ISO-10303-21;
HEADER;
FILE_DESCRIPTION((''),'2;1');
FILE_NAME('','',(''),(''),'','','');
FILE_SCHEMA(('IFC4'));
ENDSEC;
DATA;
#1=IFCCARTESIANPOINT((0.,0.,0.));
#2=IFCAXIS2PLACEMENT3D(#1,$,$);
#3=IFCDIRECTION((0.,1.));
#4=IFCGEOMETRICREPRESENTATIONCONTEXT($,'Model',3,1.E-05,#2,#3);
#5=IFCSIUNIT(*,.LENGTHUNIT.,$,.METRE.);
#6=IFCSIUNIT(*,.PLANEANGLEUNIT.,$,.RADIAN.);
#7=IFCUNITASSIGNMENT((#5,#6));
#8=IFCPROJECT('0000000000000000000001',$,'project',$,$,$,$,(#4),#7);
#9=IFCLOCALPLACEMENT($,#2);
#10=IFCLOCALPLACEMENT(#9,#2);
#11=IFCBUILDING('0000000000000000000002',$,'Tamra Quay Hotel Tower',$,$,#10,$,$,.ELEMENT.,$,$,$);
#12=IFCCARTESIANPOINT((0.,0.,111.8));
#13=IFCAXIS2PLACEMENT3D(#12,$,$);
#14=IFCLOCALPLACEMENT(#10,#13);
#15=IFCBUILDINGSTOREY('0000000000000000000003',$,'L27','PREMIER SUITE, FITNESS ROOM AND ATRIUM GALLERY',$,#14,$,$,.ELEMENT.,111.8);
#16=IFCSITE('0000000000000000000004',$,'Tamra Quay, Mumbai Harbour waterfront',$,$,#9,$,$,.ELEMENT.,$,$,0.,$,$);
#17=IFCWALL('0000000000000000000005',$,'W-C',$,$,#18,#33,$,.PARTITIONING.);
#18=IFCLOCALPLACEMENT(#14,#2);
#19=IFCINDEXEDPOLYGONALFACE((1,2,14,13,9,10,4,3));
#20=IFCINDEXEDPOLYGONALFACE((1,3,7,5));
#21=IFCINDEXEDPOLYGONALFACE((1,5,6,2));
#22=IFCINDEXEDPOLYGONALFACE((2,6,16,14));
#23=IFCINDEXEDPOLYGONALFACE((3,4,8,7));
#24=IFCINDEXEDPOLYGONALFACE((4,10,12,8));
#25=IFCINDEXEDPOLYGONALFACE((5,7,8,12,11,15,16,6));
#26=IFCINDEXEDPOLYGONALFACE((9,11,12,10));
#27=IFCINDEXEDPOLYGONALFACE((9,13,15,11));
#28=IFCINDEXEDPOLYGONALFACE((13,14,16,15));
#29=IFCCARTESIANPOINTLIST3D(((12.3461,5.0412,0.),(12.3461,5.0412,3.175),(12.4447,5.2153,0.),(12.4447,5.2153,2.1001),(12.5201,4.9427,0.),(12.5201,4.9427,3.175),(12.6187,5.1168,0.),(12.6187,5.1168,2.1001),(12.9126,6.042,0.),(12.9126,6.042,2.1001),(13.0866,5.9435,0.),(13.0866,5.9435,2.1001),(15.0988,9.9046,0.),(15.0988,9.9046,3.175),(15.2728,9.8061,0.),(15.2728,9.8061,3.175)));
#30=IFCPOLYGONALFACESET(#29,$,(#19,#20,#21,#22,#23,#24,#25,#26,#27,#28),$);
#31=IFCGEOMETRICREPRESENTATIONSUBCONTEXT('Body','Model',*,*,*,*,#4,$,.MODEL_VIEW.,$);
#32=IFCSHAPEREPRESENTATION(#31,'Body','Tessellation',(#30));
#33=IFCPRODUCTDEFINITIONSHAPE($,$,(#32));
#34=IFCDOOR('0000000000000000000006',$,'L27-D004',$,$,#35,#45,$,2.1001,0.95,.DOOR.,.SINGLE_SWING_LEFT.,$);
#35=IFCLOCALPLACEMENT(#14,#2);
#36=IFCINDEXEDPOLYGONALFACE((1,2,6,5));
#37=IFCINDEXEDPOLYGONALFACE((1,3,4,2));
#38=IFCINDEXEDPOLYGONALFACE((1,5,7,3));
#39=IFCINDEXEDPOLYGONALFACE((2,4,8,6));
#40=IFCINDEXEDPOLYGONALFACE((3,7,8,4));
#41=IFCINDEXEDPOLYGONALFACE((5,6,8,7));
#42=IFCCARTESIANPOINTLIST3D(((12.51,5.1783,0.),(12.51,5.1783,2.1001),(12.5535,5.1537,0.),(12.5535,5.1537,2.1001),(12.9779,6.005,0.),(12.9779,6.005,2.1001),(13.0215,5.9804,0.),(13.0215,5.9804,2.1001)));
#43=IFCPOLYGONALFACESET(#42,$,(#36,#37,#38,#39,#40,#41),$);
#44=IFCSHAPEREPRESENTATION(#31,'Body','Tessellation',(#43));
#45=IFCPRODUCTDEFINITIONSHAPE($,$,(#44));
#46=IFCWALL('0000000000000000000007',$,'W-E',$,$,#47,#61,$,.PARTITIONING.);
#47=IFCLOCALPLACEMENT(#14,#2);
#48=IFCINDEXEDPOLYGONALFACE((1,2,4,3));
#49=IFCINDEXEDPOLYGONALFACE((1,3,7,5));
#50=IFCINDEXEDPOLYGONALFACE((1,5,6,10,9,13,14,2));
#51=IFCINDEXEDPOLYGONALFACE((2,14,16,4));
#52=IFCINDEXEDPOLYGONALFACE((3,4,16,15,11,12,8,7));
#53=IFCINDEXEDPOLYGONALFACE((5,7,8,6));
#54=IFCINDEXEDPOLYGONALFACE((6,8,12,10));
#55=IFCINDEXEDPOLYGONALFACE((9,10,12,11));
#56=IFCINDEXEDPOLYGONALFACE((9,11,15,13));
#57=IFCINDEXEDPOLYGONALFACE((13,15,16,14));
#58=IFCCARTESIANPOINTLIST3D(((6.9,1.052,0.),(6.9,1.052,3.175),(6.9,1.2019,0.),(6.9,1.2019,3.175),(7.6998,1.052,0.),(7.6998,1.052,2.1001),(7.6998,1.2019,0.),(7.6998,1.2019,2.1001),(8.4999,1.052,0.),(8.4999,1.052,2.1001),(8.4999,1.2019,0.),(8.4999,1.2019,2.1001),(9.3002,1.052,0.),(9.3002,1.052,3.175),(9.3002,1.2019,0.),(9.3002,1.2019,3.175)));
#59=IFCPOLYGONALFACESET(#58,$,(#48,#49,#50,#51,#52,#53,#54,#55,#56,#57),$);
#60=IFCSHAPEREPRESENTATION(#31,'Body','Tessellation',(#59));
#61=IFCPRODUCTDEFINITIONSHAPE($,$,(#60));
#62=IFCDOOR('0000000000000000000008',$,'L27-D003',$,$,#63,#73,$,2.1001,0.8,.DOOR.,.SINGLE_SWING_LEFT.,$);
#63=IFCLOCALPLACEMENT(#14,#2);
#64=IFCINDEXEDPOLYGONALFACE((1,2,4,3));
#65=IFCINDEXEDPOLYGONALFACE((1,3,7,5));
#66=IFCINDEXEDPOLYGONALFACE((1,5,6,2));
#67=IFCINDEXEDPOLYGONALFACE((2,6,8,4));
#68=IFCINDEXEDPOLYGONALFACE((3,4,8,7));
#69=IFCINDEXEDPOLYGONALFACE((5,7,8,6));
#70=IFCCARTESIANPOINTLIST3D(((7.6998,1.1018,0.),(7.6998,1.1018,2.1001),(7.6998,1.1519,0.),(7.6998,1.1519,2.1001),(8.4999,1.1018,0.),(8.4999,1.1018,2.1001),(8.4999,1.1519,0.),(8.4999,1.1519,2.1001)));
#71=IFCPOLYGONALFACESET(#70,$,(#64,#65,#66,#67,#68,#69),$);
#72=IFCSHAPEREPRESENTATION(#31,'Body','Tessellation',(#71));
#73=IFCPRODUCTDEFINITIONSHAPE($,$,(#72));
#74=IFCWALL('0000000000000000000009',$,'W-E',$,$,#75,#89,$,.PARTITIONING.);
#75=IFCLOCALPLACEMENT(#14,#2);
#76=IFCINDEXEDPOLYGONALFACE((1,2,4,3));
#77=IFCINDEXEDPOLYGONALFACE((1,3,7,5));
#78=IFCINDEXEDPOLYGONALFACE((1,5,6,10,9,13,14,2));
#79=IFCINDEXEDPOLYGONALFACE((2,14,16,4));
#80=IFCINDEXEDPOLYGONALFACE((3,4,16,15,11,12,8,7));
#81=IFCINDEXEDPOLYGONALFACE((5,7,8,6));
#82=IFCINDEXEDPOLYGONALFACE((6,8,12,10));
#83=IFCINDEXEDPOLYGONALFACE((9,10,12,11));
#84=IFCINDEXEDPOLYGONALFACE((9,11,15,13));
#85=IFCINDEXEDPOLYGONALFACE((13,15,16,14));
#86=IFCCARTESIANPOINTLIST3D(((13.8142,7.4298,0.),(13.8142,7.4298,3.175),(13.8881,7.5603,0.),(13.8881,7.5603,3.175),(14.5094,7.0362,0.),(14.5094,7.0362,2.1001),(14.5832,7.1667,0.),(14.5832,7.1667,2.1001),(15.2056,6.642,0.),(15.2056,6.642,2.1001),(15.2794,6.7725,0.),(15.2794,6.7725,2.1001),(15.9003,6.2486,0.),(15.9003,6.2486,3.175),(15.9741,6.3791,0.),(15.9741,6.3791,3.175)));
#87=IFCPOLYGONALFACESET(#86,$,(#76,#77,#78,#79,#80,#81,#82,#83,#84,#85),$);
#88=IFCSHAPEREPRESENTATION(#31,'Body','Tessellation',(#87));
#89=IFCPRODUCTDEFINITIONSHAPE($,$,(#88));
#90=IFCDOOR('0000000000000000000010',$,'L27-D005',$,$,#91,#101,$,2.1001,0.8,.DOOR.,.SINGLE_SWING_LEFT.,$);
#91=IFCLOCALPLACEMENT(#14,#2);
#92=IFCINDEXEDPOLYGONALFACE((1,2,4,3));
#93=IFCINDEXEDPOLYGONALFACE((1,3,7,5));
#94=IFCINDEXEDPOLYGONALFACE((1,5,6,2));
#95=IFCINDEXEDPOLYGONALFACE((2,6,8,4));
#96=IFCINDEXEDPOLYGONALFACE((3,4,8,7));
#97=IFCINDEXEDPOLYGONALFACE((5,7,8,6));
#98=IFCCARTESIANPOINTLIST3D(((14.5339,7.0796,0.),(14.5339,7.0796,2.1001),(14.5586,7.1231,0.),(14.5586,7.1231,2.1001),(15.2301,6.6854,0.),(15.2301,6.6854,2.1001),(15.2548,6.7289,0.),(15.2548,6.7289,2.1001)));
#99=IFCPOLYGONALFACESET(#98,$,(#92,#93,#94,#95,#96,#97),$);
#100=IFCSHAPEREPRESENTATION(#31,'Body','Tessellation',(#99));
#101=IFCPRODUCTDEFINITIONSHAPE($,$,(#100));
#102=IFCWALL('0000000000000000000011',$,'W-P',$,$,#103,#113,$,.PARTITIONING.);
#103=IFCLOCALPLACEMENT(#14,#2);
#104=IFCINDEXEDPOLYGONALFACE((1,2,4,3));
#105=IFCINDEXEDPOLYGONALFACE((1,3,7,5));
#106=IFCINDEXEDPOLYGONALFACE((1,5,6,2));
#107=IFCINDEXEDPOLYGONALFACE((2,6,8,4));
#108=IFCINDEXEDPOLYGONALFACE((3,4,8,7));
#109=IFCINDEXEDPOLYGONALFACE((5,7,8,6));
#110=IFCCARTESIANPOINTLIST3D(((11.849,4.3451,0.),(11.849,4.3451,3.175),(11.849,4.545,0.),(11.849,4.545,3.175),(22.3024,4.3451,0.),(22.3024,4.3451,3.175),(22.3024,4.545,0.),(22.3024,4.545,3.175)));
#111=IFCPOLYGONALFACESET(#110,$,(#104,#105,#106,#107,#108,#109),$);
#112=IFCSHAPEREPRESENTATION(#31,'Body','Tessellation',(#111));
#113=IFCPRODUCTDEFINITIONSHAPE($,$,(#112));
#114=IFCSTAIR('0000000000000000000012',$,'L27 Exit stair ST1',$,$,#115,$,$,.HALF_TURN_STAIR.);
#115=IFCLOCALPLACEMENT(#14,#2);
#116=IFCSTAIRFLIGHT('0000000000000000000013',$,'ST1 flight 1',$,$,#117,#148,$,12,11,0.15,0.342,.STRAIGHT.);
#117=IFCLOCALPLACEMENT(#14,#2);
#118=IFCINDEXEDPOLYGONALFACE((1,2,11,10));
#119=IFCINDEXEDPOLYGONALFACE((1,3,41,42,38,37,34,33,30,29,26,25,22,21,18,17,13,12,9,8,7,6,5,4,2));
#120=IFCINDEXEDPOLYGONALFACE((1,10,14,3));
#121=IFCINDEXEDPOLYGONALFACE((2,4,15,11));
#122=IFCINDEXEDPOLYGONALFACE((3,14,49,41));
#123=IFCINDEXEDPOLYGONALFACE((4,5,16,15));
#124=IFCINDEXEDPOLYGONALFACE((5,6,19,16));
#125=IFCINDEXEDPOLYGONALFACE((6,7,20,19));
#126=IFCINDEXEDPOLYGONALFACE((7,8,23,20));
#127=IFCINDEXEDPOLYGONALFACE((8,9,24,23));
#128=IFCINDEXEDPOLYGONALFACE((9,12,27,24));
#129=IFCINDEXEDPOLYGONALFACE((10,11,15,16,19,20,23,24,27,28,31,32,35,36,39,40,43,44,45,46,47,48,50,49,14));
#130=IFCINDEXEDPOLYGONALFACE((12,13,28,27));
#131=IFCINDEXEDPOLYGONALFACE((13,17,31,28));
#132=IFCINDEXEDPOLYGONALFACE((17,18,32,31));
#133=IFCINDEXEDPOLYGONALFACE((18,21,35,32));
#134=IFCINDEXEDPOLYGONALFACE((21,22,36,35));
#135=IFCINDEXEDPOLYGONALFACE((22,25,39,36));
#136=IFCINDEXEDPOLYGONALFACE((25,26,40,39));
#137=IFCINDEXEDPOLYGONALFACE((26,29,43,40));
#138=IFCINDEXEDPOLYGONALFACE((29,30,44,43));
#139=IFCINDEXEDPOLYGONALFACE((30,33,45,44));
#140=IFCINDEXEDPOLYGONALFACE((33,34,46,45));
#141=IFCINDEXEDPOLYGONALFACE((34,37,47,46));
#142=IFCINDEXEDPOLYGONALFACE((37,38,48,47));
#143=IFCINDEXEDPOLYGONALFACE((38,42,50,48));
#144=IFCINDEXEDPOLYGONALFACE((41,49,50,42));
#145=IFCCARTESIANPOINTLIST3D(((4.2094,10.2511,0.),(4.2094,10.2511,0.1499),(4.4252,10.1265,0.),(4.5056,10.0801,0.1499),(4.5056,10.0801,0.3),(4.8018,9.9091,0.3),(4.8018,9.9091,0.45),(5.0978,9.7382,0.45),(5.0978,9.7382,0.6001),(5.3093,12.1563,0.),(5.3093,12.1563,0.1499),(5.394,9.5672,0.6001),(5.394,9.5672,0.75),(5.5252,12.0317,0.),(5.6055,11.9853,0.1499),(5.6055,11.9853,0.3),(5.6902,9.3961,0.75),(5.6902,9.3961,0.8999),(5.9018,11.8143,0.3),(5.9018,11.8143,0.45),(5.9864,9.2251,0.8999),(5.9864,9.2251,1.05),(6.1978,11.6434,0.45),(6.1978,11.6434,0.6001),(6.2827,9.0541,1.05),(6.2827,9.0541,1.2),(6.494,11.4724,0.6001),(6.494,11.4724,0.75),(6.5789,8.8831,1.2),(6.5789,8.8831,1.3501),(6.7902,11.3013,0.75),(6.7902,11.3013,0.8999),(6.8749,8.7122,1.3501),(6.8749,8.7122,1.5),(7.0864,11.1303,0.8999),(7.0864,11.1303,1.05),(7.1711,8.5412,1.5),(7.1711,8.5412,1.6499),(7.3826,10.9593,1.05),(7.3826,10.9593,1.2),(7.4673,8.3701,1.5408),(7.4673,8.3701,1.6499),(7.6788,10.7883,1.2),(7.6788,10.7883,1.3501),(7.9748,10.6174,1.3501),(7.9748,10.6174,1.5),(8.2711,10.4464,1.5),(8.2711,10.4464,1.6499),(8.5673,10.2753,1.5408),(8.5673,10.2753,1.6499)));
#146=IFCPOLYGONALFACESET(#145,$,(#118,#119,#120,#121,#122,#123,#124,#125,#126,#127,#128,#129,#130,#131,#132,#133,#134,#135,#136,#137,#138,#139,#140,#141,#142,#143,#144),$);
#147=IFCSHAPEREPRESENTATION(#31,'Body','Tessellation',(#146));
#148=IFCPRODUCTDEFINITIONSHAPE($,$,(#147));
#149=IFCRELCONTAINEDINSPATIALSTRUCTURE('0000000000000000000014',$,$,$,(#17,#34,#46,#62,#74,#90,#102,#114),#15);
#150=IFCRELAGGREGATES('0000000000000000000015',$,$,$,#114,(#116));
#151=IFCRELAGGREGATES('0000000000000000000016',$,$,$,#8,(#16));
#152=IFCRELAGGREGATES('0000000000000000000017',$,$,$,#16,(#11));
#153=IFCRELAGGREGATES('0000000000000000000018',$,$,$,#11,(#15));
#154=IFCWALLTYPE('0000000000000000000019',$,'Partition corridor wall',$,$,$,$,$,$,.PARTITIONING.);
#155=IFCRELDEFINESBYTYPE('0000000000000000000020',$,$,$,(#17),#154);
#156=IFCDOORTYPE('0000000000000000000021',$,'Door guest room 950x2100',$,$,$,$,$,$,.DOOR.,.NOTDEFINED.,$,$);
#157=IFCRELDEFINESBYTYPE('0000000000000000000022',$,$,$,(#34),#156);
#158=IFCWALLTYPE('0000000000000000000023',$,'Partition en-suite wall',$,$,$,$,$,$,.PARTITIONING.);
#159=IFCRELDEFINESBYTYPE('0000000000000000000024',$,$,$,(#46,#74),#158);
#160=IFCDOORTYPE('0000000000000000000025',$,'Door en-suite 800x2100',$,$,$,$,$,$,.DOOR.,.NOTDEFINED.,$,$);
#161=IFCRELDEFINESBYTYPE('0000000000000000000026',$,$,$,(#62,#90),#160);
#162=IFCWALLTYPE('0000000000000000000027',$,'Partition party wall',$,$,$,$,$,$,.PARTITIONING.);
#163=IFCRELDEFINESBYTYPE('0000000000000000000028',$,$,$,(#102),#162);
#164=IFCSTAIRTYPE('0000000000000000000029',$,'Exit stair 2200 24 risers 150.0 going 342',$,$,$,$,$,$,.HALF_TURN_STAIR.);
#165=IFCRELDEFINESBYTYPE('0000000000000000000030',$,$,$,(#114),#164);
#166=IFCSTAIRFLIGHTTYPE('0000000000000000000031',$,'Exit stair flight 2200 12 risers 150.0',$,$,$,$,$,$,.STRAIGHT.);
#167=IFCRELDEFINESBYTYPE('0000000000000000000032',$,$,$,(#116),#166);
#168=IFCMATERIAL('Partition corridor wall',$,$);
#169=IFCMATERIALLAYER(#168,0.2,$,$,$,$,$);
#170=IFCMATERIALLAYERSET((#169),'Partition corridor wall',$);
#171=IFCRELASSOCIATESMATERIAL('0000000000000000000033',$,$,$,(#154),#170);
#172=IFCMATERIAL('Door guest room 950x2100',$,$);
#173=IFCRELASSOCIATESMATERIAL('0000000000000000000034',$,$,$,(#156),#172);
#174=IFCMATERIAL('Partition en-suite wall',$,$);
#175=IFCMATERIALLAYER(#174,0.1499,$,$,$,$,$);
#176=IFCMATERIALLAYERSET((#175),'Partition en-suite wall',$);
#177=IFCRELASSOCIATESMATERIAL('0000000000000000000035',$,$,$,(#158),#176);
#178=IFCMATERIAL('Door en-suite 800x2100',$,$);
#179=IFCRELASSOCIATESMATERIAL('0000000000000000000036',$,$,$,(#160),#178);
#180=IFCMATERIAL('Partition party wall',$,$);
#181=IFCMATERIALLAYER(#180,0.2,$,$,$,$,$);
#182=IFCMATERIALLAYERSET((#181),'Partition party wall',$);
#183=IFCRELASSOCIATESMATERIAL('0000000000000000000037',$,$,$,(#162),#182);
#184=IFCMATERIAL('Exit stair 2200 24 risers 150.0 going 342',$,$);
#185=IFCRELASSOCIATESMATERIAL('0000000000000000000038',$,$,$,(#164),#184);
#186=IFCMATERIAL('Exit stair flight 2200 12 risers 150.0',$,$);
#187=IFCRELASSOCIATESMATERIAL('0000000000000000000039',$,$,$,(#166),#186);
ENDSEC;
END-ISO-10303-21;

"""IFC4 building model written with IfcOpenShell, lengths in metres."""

from ifc_helpers import new_model, si_unit, direction, frame, frame_2d, origin, place, context, subcontext, project, spatial, polyline, rectangle, outline, extrude, material, layer, layer_set, type_object, element, fill, aggregate, save


model = new_model("IFC4")

# Units and contexts
model_context = context("Model", 3, precision=1e-05, world=origin(), true_north=direction((0.0, 1.0)))
body_context = subcontext(model_context, "Body", "Model", "MODEL_VIEW")
ifc_project = project(units=[si_unit("LENGTHUNIT", "METRE"), si_unit("PLANEANGLEUNIT", "RADIAN")], contexts=[model_context])

# Site, building, storey
site_placement = place(None, origin())
site = spatial("IfcSite", under=ifc_project, at=site_placement, Name="Tamra Quay, Mumbai Harbour waterfront", CompositionType="ELEMENT", RefElevation=0.0)
building_placement = place(site_placement, origin())
building = spatial("IfcBuilding", under=site, at=building_placement, Name="Tamra Quay Hotel Tower", CompositionType="ELEMENT")
storey_placement = place(building_placement, frame((0.0, 0.0, 111.8)))
storey = spatial("IfcBuildingStorey", under=building, at=storey_placement, Name="L27", Description="PREMIER SUITE, FITNESS ROOM AND ATRIUM GALLERY", CompositionType="ELEMENT", Elevation=111.8)

# Shared definitions
ifc_material_1 = material(Name="Partition corridor wall")
ifc_layer_1 = layer(ifc_material_1, 0.2)
ifc_layer_set_1 = layer_set([ifc_layer_1], Name="Partition corridor wall")
wall_type_1 = type_object("IfcWallType", Name="Partition corridor wall", PredefinedType="PARTITIONING", material=ifc_layer_set_1)
ifc_material_2 = material(Name="Door guest room 950x2100")
door_type_1 = type_object("IfcDoorType", Name="Door guest room 950x2100", OperationType="NOTDEFINED", PredefinedType="DOOR", material=ifc_material_2)

# Walls, openings, doors
wall_1_placement = place(storey_placement, frame((12.4331, 4.9919, 0.0), z_axis=(0.0, 0.0, 1.0), x_axis=(0.492583, 0.870266, 0.0)))
wall_1 = element("IfcWall", 1, at=wall_1_placement, inside=storey, type_object=wall_type_1, Name="W-C", PredefinedType="PARTITIONING", context=body_context, shape_type="SweptSolid", body=[
    extrude(rectangle(XDim=5.5884, YDim=0.2, at=frame_2d((2.7942, 0.0))), origin(), (0.0, 0.0, 1.0), 3.175),
])
opening_1_placement = place(wall_1_placement, frame((0.2, 0.0, 0.0)))
opening_1 = element("IfcOpeningElement", 2, at=opening_1_placement, cuts=wall_1, PredefinedType="OPENING", context=body_context, shape_type="SweptSolid", body=[
    extrude(rectangle(XDim=0.95, YDim=2.1001, at=frame_2d((0.4751, 1.05))), frame((0.0, 0.1099, 0.0), z_axis=(0.0, -1.0, 0.0), x_axis=(1.0, 0.0, 0.0)), (0.0, 0.0, 1.0), 0.22),
])
door_1_placement = place(opening_1_placement, origin())
door_1 = element("IfcDoor", 3, at=door_1_placement, inside=storey, type_object=door_type_1, Name="L27-D004", OperationType="SINGLE_SWING_LEFT", OverallHeight=2.1001, OverallWidth=0.95, PredefinedType="DOOR", context=body_context, shape_type="SweptSolid", body=[
    extrude(rectangle(XDim=0.95, YDim=2.1001, at=frame_2d((0.4751, 1.05))), frame((0.0, 0.0249, 0.0), z_axis=(0.0, -1.0, 0.0), x_axis=(1.0, 0.0, 0.0)), (0.0, 0.0, 1.0), 0.05),
])
fill(opening_1, door_1)
ifc_material_3 = material(Name="Partition en-suite wall")
ifc_layer_2 = layer(ifc_material_3, 0.1499)
ifc_layer_set_2 = layer_set([ifc_layer_2], Name="Partition en-suite wall")
wall_type_2 = type_object("IfcWallType", Name="Partition en-suite wall", PredefinedType="PARTITIONING", material=ifc_layer_set_2)
wall_2_placement = place(storey_placement, frame((6.8999, 1.127, 0.0), z_axis=(0.0, 0.0, 1.0), x_axis=(1.0, 0.0, 0.0)))
wall_2 = element("IfcWall", 4, at=wall_2_placement, inside=storey, type_object=wall_type_2, Name="W-E", PredefinedType="PARTITIONING", context=body_context, shape_type="SweptSolid", body=[
    extrude(rectangle(XDim=2.4001, YDim=0.1499, at=frame_2d((1.2002, 0.0))), origin(), (0.0, 0.0, 1.0), 3.175),
])
opening_2_placement = place(wall_2_placement, frame((0.8, 0.0, 0.0)))
opening_2 = element("IfcOpeningElement", 5, at=opening_2_placement, cuts=wall_2, PredefinedType="OPENING", context=body_context, shape_type="SweptSolid", body=[
    extrude(rectangle(XDim=0.8, YDim=2.1001, at=frame_2d((0.3999, 1.05))), frame((0.0, 0.085, 0.0), z_axis=(0.0, -1.0, 0.0), x_axis=(1.0, 0.0, 0.0)), (0.0, 0.0, 1.0), 0.1699),
])
ifc_material_4 = material(Name="Door en-suite 800x2100")
door_type_2 = type_object("IfcDoorType", Name="Door en-suite 800x2100", OperationType="NOTDEFINED", PredefinedType="DOOR", material=ifc_material_4)
door_2_placement = place(opening_2_placement, origin())
door_2 = element("IfcDoor", 6, at=door_2_placement, inside=storey, type_object=door_type_2, Name="L27-D003", OperationType="SINGLE_SWING_LEFT", OverallHeight=2.1001, OverallWidth=0.8, PredefinedType="DOOR", context=body_context, shape_type="SweptSolid", body=[
    extrude(rectangle(XDim=0.8, YDim=2.1001, at=frame_2d((0.3999, 1.05))), frame((0.0, 0.0249, 0.0), z_axis=(0.0, -1.0, 0.0), x_axis=(1.0, 0.0, 0.0)), (0.0, 0.0, 1.0), 0.05),
])
fill(opening_2, door_2)
wall_3_placement = place(storey_placement, frame((13.8511, 7.4951, 0.0), z_axis=(0.0, 0.0, 1.0), x_axis=(0.870179, -0.492735, 0.0)))
wall_3 = element("IfcWall", 7, at=wall_3_placement, inside=storey, type_object=wall_type_2, Name="W-E", PredefinedType="PARTITIONING", context=body_context, shape_type="SweptSolid", body=[
    extrude(rectangle(XDim=2.3972, YDim=0.1499, at=frame_2d((1.1987, 0.0))), origin(), (0.0, 0.0, 1.0), 3.175),
])
opening_3_placement = place(wall_3_placement, frame((0.7991, 0.0, 0.0)))
opening_3 = element("IfcOpeningElement", 8, at=opening_3_placement, cuts=wall_3, PredefinedType="OPENING", context=body_context, shape_type="SweptSolid", body=[
    extrude(rectangle(XDim=0.8, YDim=2.1001, at=frame_2d((0.3999, 1.05))), frame((0.0, 0.085, 0.0), z_axis=(0.0, -1.0, 0.0), x_axis=(1.0, 0.0, 0.0)), (0.0, 0.0, 1.0), 0.1699),
])
door_3_placement = place(opening_3_placement, origin())
door_3 = element("IfcDoor", 9, at=door_3_placement, inside=storey, type_object=door_type_2, Name="L27-D005", OperationType="SINGLE_SWING_LEFT", OverallHeight=2.1001, OverallWidth=0.8, PredefinedType="DOOR", context=body_context, shape_type="SweptSolid", body=[
    extrude(rectangle(XDim=0.8, YDim=2.1001, at=frame_2d((0.3999, 1.05))), frame((0.0, 0.0249, 0.0), z_axis=(0.0, -1.0, 0.0), x_axis=(1.0, 0.0, 0.0)), (0.0, 0.0, 1.0), 0.05),
])
fill(opening_3, door_3)

# Wall
ifc_material_5 = material(Name="Partition party wall")
ifc_layer_3 = layer(ifc_material_5, 0.2)
ifc_layer_set_3 = layer_set([ifc_layer_3], Name="Partition party wall")
wall_type_3 = type_object("IfcWallType", Name="Partition party wall", PredefinedType="PARTITIONING", material=ifc_layer_set_3)
wall_4_placement = place(storey_placement, frame((11.8491, 4.4451, 0.0), z_axis=(0.0, 0.0, 1.0), x_axis=(1.0, 0.0, 0.0)))
element("IfcWall", 10, at=wall_4_placement, inside=storey, type_object=wall_type_3, Name="W-P", PredefinedType="PARTITIONING", context=body_context, shape_type="SweptSolid", body=[
    extrude(rectangle(XDim=10.4534, YDim=0.2, at=frame_2d((5.2266, 0.0))), origin(), (0.0, 0.0, 1.0), 3.175),
])

# Stair, stair flight
ifc_material_6 = material(Name="Exit stair 2200 24 risers 150.0 going 342")
stair_type = type_object("IfcStairType", Name="Exit stair 2200 24 risers 150.0 going 342", PredefinedType="HALF_TURN_STAIR", material=ifc_material_6)
stair_placement = place(storey_placement, origin())
stair = element("IfcStair", 11, at=stair_placement, inside=storey, type_object=stair_type, Name="L27 Exit stair ST1", PredefinedType="HALF_TURN_STAIR")
ifc_material_7 = material(Name="Exit stair flight 2200 12 risers 150.0")
stair_flight_type = type_object("IfcStairFlightType", Name="Exit stair flight 2200 12 risers 150.0", PredefinedType="STRAIGHT", material=ifc_material_7)
stair_flight_1_placement = place(storey_placement, frame((4.7593, 11.2036, 0.0), z_axis=(0.0, 0.0, 1.0), x_axis=(0.866025, -0.5, 0.0)))
stair_flight_1 = element("IfcStairFlight", 12, at=stair_flight_1_placement, type_object=stair_flight_type, Name="ST1 flight 1", NumberOfRisers=12, NumberOfTreads=11, PredefinedType="STRAIGHT", RiserHeight=0.15, TreadLength=0.342, context=body_context, shape_type="SweptSolid", body=[
    extrude(outline(polyline([(0.0, 0.0), (0.0, 0.1499), (0.342, 0.1499), (0.342, 0.3), (0.6841, 0.3), (0.6841, 0.45), (1.0259, 0.45), (1.0259, 0.6001), (1.3679, 0.6001), (1.3679, 0.75), (1.71, 0.75), (1.71, 0.8999), (2.052, 0.8999), (2.052, 1.05), (2.394, 1.05), (2.394, 1.2), (2.7361, 1.2), (2.7361, 1.3501), (3.0779, 1.3501), (3.0779, 1.5), (3.4199, 1.5), (3.4199, 1.6499), (3.762, 1.6499), (3.762, 1.8), (3.762, 1.5408), (0.2493, 0.0), (0.0, 0.0)])), frame((0.0, 1.1001, 0.0), z_axis=(0.0, -1.0, 0.0), x_axis=(1.0, 0.0, 0.0)), (0.0, 0.0, 1.0), 2.2),
])
aggregate(stair, [stair_flight_1])

save(model, "model.ifc")
